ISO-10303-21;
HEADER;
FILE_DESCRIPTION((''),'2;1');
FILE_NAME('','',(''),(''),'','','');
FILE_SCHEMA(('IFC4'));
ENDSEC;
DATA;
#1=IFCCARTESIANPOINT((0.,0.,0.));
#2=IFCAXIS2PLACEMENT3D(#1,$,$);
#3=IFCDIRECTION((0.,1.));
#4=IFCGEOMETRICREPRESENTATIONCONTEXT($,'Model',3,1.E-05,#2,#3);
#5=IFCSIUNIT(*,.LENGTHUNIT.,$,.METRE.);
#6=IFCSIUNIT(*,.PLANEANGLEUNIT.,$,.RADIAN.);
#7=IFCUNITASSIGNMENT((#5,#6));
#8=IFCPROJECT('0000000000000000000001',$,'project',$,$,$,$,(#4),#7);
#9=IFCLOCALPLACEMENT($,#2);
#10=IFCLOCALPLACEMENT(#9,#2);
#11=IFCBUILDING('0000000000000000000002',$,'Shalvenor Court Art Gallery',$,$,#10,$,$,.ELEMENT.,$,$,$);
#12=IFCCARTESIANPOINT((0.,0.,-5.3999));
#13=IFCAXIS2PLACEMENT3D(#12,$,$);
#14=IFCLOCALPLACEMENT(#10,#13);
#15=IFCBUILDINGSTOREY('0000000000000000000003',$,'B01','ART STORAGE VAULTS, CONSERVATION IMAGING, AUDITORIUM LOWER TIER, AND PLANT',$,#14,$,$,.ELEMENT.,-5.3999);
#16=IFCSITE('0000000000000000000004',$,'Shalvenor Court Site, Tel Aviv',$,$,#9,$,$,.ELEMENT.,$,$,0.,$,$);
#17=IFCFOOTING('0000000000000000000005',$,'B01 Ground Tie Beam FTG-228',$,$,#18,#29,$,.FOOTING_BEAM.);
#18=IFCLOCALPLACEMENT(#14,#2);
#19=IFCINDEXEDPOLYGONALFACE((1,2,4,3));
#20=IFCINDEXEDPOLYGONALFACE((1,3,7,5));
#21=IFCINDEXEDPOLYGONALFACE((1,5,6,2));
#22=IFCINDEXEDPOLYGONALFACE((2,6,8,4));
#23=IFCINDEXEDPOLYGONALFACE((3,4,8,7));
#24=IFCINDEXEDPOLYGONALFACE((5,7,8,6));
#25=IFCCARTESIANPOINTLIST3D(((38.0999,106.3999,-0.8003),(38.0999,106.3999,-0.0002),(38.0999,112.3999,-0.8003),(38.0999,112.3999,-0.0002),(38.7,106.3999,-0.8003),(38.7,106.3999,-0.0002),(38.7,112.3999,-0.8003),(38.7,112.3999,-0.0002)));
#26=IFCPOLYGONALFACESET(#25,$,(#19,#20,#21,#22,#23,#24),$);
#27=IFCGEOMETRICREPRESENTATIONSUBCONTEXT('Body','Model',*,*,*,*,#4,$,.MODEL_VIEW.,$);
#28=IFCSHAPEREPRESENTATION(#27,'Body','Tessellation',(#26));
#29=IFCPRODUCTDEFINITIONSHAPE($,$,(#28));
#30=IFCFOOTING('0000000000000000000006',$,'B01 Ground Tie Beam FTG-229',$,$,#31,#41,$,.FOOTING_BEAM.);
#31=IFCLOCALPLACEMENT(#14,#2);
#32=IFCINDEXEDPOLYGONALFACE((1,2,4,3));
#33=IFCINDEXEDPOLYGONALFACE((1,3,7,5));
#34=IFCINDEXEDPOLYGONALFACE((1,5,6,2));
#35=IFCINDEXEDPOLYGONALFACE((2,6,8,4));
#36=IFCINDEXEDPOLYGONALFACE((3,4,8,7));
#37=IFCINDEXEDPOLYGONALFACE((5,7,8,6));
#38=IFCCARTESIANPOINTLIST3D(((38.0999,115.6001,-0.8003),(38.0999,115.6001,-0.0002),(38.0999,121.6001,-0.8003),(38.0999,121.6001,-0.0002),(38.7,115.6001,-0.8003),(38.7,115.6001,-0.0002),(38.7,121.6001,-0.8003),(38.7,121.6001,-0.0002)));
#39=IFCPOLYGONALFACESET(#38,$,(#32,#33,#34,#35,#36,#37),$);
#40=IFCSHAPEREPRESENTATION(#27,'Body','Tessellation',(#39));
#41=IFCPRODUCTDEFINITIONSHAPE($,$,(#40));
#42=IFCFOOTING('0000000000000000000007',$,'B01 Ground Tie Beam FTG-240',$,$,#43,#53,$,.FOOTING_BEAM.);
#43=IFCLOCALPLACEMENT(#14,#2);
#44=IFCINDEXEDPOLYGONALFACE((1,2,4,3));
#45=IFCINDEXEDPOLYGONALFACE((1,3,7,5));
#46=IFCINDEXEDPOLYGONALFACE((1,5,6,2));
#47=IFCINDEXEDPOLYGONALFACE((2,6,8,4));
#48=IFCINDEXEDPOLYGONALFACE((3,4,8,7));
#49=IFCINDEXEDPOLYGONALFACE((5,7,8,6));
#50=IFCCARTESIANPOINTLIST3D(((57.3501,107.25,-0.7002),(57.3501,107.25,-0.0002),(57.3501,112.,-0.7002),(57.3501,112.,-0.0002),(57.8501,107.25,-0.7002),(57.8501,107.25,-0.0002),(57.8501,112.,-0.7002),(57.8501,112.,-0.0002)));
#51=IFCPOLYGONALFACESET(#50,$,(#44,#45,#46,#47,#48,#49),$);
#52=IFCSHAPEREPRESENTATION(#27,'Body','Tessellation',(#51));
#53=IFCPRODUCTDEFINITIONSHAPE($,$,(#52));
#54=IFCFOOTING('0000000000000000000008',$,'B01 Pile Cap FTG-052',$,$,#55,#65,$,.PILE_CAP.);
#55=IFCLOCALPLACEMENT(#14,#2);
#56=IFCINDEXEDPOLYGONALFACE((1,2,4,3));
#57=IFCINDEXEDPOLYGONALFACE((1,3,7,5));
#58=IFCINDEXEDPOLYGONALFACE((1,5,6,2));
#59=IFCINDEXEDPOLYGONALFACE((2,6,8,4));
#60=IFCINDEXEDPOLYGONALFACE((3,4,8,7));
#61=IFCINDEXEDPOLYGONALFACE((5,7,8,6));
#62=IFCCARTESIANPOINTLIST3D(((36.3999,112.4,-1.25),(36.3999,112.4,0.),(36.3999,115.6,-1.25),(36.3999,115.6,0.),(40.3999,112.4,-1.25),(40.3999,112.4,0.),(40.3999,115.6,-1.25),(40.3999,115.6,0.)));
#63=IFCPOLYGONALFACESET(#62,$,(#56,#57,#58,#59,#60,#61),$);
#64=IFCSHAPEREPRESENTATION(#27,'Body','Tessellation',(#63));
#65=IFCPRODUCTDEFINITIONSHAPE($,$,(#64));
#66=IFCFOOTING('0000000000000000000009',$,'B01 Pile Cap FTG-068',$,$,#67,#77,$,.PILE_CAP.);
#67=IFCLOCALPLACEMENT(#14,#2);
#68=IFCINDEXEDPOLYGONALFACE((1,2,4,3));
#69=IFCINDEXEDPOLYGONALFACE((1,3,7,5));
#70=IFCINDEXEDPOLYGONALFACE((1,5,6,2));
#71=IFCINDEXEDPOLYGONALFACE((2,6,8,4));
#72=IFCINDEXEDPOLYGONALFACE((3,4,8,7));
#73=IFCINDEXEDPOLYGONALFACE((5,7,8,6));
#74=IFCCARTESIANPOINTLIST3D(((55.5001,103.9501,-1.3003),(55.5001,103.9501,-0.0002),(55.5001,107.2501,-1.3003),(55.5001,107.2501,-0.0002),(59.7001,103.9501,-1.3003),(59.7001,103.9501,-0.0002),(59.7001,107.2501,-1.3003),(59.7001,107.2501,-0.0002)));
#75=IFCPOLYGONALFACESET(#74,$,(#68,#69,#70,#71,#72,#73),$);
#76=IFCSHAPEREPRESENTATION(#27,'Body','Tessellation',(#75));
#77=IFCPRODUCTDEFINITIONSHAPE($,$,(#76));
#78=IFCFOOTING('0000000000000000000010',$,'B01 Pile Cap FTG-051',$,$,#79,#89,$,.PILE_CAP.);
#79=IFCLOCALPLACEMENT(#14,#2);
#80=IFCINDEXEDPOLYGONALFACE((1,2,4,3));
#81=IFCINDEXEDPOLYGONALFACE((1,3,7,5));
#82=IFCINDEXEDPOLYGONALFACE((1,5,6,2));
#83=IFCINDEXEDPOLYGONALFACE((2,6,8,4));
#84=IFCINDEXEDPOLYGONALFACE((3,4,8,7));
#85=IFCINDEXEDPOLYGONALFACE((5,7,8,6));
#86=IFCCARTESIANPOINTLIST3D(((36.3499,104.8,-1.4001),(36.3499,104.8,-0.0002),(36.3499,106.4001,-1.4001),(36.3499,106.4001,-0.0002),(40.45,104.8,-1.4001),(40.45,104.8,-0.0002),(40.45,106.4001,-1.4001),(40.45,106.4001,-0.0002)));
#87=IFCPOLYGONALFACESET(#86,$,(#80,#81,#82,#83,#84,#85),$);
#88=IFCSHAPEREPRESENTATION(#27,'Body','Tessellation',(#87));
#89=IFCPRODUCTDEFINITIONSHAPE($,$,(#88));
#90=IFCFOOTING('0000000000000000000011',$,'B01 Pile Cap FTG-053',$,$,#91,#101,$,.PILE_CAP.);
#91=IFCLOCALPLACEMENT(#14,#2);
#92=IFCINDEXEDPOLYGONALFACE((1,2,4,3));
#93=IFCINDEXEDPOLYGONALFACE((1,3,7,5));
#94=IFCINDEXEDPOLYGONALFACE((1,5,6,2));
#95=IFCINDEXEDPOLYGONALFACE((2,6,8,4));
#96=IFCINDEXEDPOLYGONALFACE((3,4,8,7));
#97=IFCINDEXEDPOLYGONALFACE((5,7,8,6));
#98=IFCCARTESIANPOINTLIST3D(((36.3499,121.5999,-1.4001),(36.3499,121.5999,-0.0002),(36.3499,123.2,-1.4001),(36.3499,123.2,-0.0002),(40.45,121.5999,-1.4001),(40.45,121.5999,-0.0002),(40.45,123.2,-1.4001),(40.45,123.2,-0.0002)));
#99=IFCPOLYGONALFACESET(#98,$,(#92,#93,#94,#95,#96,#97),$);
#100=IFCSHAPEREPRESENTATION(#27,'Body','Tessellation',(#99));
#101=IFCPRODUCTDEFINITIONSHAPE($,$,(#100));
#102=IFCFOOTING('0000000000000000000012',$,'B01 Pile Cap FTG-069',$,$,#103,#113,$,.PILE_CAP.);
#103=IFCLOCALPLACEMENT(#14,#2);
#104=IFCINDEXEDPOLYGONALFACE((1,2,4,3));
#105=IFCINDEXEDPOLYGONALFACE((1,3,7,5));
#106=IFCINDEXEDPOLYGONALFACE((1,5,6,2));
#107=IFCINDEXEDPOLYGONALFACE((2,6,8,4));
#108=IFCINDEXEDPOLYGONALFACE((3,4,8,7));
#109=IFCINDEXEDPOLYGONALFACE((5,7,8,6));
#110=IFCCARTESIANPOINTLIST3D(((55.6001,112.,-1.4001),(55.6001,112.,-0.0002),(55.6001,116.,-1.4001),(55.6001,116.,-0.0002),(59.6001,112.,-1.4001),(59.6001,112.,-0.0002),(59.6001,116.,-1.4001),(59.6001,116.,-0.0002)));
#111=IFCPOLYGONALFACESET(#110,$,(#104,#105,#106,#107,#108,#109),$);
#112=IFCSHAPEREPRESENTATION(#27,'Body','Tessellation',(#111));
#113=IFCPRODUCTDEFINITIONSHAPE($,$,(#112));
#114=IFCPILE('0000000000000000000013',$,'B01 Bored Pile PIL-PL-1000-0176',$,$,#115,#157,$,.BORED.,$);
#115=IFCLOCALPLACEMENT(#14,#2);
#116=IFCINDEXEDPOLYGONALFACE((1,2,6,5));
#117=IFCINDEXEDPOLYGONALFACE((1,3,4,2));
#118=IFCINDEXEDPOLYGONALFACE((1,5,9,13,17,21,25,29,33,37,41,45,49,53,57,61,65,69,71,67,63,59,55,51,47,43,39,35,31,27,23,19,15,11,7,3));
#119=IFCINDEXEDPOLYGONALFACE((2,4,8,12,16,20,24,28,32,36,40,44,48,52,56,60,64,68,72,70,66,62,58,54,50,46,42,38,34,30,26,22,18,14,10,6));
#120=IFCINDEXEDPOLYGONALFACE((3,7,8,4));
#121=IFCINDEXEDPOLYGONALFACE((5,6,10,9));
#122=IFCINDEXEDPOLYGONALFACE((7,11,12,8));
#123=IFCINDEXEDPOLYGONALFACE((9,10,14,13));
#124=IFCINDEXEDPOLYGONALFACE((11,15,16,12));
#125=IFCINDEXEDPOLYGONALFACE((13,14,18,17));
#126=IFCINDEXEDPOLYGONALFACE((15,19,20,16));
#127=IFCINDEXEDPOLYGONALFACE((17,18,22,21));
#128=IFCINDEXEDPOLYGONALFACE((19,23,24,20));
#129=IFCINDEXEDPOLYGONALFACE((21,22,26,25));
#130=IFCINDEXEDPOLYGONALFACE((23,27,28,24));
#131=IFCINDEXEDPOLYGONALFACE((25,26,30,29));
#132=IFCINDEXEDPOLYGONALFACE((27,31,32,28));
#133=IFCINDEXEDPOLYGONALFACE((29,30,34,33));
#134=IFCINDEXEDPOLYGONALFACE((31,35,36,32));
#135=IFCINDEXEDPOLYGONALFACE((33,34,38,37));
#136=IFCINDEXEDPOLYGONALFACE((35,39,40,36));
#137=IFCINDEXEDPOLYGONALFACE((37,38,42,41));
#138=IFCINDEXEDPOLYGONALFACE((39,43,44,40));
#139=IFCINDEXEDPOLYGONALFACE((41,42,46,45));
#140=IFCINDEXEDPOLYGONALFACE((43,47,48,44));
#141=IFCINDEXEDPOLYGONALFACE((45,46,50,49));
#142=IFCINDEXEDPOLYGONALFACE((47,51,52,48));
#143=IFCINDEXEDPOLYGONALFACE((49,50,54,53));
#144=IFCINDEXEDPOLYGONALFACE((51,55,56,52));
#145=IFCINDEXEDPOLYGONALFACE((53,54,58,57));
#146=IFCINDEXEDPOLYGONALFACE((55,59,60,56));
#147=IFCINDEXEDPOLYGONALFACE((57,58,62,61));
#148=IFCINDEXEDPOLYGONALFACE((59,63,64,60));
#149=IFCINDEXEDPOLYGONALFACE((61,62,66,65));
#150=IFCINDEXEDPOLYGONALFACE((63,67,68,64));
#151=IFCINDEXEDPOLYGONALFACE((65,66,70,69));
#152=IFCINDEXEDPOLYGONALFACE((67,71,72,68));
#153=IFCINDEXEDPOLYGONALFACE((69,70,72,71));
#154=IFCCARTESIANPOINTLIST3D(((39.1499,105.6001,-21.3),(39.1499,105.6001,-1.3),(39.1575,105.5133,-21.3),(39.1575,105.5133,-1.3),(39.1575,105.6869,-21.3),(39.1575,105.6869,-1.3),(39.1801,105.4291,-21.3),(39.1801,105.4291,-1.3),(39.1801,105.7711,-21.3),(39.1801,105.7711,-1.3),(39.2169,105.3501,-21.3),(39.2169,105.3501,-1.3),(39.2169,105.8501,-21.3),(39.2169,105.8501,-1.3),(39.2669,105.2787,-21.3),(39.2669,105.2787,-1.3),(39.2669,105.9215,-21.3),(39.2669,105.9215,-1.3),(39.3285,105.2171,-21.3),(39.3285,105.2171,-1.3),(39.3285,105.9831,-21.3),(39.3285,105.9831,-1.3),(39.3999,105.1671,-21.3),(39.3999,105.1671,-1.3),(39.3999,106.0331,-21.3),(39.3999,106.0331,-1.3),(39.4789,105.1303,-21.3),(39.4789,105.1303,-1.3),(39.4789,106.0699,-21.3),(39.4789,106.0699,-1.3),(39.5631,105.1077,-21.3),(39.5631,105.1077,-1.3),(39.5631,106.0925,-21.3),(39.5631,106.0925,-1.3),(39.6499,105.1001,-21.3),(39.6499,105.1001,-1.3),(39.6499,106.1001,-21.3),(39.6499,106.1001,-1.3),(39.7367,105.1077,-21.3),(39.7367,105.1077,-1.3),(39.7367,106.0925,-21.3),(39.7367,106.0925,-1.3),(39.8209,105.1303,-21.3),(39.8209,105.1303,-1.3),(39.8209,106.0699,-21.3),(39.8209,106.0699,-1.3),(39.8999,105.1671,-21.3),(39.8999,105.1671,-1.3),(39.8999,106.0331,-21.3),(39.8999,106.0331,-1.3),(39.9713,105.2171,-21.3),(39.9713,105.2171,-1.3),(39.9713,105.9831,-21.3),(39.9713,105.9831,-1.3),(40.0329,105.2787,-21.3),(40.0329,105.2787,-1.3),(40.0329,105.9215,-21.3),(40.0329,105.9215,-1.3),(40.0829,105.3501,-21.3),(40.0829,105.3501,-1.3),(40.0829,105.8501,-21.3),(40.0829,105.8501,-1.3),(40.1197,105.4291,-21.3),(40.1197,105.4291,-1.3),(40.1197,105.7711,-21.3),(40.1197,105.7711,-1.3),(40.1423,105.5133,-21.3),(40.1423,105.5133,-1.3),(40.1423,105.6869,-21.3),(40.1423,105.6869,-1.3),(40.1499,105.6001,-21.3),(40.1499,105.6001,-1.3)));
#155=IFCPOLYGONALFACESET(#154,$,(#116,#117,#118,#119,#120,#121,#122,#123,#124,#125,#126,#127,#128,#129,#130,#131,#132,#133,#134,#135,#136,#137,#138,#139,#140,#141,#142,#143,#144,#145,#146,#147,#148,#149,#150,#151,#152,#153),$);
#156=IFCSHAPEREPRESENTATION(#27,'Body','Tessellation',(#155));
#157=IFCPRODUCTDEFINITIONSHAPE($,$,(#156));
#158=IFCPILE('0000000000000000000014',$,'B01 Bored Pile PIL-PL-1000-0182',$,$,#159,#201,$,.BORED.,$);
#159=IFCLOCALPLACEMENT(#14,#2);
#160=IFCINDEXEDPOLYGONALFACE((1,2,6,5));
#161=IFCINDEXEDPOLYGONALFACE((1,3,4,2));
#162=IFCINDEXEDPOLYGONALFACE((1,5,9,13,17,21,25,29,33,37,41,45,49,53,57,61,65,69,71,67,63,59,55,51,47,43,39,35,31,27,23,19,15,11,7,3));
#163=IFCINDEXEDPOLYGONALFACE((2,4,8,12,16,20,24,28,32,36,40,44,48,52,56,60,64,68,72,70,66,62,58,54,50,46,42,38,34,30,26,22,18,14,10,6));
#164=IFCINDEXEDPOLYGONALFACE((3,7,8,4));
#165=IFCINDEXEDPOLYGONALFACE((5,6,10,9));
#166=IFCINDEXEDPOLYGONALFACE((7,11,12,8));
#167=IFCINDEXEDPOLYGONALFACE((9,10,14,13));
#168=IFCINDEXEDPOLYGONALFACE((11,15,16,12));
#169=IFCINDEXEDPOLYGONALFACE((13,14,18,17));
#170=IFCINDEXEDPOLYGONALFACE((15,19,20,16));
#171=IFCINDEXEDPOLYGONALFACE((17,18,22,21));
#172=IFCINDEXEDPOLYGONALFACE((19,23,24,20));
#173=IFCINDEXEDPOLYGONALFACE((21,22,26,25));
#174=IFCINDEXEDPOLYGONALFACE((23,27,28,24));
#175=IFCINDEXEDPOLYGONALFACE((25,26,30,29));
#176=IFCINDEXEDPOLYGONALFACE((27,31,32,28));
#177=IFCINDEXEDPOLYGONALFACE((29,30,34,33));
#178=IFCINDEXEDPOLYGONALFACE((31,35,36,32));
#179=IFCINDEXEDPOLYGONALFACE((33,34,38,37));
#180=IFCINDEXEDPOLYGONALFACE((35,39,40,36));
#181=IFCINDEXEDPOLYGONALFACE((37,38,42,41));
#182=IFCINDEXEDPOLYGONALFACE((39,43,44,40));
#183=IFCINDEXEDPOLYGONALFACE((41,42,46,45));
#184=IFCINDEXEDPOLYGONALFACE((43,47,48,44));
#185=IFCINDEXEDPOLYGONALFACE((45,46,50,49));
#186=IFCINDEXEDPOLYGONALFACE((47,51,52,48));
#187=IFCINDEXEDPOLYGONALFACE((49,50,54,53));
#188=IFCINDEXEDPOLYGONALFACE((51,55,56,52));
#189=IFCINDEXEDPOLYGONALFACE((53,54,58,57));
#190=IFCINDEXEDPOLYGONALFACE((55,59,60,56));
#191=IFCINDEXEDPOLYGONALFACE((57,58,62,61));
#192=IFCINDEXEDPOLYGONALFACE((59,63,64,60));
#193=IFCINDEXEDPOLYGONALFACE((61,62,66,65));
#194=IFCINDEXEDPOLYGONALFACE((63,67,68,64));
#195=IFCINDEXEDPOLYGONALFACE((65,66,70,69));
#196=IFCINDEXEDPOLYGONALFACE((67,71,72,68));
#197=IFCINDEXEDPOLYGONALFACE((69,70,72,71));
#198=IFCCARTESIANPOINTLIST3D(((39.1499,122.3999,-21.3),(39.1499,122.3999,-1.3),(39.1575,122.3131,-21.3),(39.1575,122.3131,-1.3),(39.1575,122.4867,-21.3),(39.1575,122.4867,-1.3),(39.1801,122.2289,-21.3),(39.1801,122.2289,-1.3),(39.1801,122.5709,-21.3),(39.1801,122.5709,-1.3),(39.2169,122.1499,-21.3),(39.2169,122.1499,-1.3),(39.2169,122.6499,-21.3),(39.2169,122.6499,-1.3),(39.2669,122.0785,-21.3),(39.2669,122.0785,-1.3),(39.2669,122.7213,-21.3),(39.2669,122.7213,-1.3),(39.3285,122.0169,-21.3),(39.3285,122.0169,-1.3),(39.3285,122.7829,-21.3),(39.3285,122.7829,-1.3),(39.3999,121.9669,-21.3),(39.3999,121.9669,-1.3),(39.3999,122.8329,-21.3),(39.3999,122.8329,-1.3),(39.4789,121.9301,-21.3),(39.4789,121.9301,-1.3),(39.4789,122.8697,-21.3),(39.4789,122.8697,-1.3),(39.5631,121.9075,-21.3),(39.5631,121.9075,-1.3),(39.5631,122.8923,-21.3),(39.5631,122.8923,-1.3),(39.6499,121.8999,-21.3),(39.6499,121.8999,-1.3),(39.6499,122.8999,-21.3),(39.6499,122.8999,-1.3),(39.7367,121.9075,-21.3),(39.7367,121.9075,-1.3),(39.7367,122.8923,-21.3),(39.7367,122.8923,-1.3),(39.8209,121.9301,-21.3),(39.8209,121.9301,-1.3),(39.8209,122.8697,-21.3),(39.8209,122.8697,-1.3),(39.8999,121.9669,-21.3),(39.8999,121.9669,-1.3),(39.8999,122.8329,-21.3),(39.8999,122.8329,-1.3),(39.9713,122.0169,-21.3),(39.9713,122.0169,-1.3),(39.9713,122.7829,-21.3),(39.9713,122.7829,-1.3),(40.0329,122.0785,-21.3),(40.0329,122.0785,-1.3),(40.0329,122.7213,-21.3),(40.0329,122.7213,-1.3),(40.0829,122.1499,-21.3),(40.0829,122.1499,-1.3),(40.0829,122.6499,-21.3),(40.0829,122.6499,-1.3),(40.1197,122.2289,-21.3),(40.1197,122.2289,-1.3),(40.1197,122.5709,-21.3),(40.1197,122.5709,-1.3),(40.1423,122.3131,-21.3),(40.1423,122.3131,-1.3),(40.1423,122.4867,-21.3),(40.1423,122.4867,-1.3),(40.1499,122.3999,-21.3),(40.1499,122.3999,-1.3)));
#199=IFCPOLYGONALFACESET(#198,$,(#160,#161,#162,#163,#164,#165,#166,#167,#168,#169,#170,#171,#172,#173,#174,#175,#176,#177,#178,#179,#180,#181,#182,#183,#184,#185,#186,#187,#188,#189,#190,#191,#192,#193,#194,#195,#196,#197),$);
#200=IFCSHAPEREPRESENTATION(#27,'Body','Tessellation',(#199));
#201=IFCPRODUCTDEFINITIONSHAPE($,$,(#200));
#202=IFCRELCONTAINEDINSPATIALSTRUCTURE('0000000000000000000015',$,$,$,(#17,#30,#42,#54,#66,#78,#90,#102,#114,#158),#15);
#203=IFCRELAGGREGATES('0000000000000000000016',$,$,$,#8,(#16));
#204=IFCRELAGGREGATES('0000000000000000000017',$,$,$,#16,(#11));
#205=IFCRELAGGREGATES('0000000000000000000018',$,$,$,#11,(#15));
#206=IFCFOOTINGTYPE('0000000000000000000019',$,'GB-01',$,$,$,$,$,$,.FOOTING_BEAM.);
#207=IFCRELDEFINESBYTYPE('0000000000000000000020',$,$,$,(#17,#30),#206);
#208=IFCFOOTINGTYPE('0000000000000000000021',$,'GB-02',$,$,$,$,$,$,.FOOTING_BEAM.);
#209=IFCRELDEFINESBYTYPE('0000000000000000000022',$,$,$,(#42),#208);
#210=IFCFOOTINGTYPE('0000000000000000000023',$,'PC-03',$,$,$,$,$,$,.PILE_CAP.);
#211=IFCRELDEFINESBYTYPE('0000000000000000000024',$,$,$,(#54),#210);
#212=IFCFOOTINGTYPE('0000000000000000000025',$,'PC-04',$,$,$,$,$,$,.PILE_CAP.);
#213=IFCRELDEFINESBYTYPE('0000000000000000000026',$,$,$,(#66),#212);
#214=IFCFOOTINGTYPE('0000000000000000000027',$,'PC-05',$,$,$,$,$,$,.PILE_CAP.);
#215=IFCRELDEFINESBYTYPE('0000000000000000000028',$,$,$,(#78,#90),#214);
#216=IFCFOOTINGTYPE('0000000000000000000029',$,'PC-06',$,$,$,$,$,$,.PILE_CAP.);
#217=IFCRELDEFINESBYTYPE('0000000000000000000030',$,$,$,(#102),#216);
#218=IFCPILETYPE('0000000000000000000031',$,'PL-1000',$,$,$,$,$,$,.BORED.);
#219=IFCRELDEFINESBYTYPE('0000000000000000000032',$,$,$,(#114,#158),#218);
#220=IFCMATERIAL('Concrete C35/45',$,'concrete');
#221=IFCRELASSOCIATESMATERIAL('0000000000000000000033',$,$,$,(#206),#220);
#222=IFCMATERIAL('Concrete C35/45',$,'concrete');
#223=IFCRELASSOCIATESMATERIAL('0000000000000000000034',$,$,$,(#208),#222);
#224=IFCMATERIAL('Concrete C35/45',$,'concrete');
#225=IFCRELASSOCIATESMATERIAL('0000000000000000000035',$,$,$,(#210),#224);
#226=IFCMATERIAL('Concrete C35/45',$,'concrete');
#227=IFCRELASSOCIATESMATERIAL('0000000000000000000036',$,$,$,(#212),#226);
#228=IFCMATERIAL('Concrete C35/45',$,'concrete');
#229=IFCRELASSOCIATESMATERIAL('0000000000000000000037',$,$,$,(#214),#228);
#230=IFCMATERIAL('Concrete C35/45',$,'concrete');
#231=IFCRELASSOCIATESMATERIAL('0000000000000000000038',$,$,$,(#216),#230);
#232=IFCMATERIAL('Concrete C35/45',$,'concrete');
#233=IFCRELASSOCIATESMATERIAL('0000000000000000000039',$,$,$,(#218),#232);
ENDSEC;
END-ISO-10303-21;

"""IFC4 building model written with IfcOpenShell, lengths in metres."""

from ifc_helpers import new_model, si_unit, direction, frame, origin, origin_2d, place, context, subcontext, project, spatial, rectangle, circle, extrude, material, material_profile, profile_set, type_object, element, save


model = new_model("IFC4")

# Units and contexts
model_context = context("Model", 3, precision=1e-05, world=origin(), true_north=direction((0.0, 1.0)))
body_context = subcontext(model_context, "Body", "Model", "MODEL_VIEW")
ifc_project = project(units=[si_unit("LENGTHUNIT", "METRE"), si_unit("PLANEANGLEUNIT", "RADIAN")], contexts=[model_context])

# Site, building, storey
site_placement = place(None, origin())
site = spatial("IfcSite", under=ifc_project, at=site_placement, Name="Shalvenor Court Site, Tel Aviv", CompositionType="ELEMENT", RefElevation=0.0)
building_placement = place(site_placement, origin())
building = spatial("IfcBuilding", under=site, at=building_placement, Name="Shalvenor Court Art Gallery", CompositionType="ELEMENT")
storey_placement = place(building_placement, frame((0.0, 0.0, -5.3999)))
storey = spatial("IfcBuildingStorey", under=building, at=storey_placement, Name="B01", Description="ART STORAGE VAULTS, CONSERVATION IMAGING, AUDITORIUM LOWER TIER, AND PLANT", CompositionType="ELEMENT", Elevation=-5.3999)

# Footings
ifc_material_1 = material(Name="Concrete C35/45", Category="concrete")
footing_type_1 = type_object("IfcFootingType", Name="GB-01", PredefinedType="FOOTING_BEAM", material=ifc_material_1)
for number, where, z_axis, x_axis, name in (
    (1, (38.3999, 109.3999, -0.8003), (0.0, 0.0, 1.0), (0.0, 1.0, 0.0), "B01 Ground Tie Beam FTG-228"),
    (2, (38.3999, 118.6001, -0.8003), (0.0, 0.0, 1.0), (0.0, 1.0, 0.0), "B01 Ground Tie Beam FTG-229"),
):
    element("IfcFooting", number, at=place(storey_placement, frame(where, z_axis=z_axis, x_axis=x_axis)), inside=storey, type_object=footing_type_1, Name=name, PredefinedType="FOOTING_BEAM", context=body_context, shape_type="SweptSolid", body=[
        extrude(rectangle(XDim=6.0, YDim=0.6001, at=origin_2d()), origin(), (0.0, 0.0, 1.0), 0.8),
    ])
ifc_material_2 = material(Name="Concrete C35/45", Category="concrete")
footing_type_2 = type_object("IfcFootingType", Name="GB-02", PredefinedType="FOOTING_BEAM", material=ifc_material_2)
footing_1_placement = place(storey_placement, frame((57.6001, 109.625, -0.7002), z_axis=(0.0, 0.0, 1.0), x_axis=(0.0, 1.0, 0.0)))
element("IfcFooting", 3, at=footing_1_placement, inside=storey, type_object=footing_type_2, Name="B01 Ground Tie Beam FTG-240", PredefinedType="FOOTING_BEAM", context=body_context, shape_type="SweptSolid", body=[
    extrude(rectangle(XDim=4.75, YDim=0.5, at=origin_2d()), origin(), (0.0, 0.0, 1.0), 0.7),
])
ifc_material_3 = material(Name="Concrete C35/45", Category="concrete")
footing_type_3 = type_object("IfcFootingType", Name="PC-03", PredefinedType="PILE_CAP", material=ifc_material_3)
footing_2_placement = place(storey_placement, frame((38.3999, 114.0, -1.25), z_axis=(0.0, 0.0, 1.0), x_axis=(1.0, 0.0, 0.0)))
element("IfcFooting", 4, at=footing_2_placement, inside=storey, type_object=footing_type_3, Name="B01 Pile Cap FTG-052", PredefinedType="PILE_CAP", context=body_context, shape_type="SweptSolid", body=[
    extrude(rectangle(XDim=4.0, YDim=3.2, at=origin_2d()), origin(), (0.0, 0.0, 1.0), 1.25),
])
ifc_material_4 = material(Name="Concrete C35/45", Category="concrete")
footing_type_4 = type_object("IfcFootingType", Name="PC-04", PredefinedType="PILE_CAP", material=ifc_material_4)
footing_3_placement = place(storey_placement, frame((57.6001, 105.6001, -1.3003), z_axis=(0.0, 0.0, 1.0), x_axis=(1.0, 0.0, 0.0)))
element("IfcFooting", 5, at=footing_3_placement, inside=storey, type_object=footing_type_4, Name="B01 Pile Cap FTG-068", PredefinedType="PILE_CAP", context=body_context, shape_type="SweptSolid", body=[
    extrude(rectangle(XDim=4.2, YDim=3.3, at=origin_2d()), origin(), (0.0, 0.0, 1.0), 1.3),
])
ifc_material_5 = material(Name="Concrete C35/45", Category="concrete")
footing_type_5 = type_object("IfcFootingType", Name="PC-05", PredefinedType="PILE_CAP", material=ifc_material_5)
for number, where, z_axis, x_axis, name in (
    (6, (38.3999, 105.6001, -1.4001), (0.0, 0.0, 1.0), (1.0, 0.0, 0.0), "B01 Pile Cap FTG-051"),
    (7, (38.3999, 122.3999, -1.4001), (0.0, 0.0, 1.0), (1.0, 0.0, 0.0), "B01 Pile Cap FTG-053"),
):
    element("IfcFooting", number, at=place(storey_placement, frame(where, z_axis=z_axis, x_axis=x_axis)), inside=storey, type_object=footing_type_5, Name=name, PredefinedType="PILE_CAP", context=body_context, shape_type="SweptSolid", body=[
        extrude(rectangle(XDim=4.1001, YDim=1.6001, at=origin_2d()), origin(), (0.0, 0.0, 1.0), 1.3999),
    ])
ifc_material_6 = material(Name="Concrete C35/45", Category="concrete")
footing_type_6 = type_object("IfcFootingType", Name="PC-06", PredefinedType="PILE_CAP", material=ifc_material_6)
footing_4_placement = place(storey_placement, frame((57.6001, 114.0, -1.4001), z_axis=(0.0, 0.0, 1.0), x_axis=(1.0, 0.0, 0.0)))
element("IfcFooting", 8, at=footing_4_placement, inside=storey, type_object=footing_type_6, Name="B01 Pile Cap FTG-069", PredefinedType="PILE_CAP", context=body_context, shape_type="SweptSolid", body=[
    extrude(rectangle(XDim=4.0, YDim=4.0, at=origin_2d()), origin(), (0.0, 0.0, 1.0), 1.3999),
])

# Piles
ifc_material_7 = material(Name="Concrete C35/45", Category="concrete")
ifc_material_profile_1 = material_profile(ifc_material_7, circle(Radius=0.5, at=origin_2d()), Name="PILE 1000")
ifc_profile_set_1 = profile_set([ifc_material_profile_1], Name="Concrete C35/45")
pile_type_1 = type_object("IfcPileType", Name="PL-1000", PredefinedType="BORED", material=ifc_profile_set_1)
for number, where, z_axis, x_axis, name in (
    (9, (39.6499, 105.6001, -1.3), (0.0, 0.0, -1.0), (1.0, 0.0, 0.0), "B01 Bored Pile PIL-PL-1000-0176"),
    (10, (39.6499, 122.3999, -1.3), (0.0, 0.0, -1.0), (1.0, 0.0, 0.0), "B01 Bored Pile PIL-PL-1000-0182"),
):
    element("IfcPile", number, at=place(storey_placement, frame(where, z_axis=z_axis, x_axis=x_axis)), inside=storey, type_object=pile_type_1, Name=name, PredefinedType="BORED", context=body_context, shape_type="SweptSolid", body=[
        extrude(circle(Radius=0.5, at=origin_2d()), origin(), (0.0, 0.0, 1.0), 20.0),
    ])

save(model, "model.ifc")
